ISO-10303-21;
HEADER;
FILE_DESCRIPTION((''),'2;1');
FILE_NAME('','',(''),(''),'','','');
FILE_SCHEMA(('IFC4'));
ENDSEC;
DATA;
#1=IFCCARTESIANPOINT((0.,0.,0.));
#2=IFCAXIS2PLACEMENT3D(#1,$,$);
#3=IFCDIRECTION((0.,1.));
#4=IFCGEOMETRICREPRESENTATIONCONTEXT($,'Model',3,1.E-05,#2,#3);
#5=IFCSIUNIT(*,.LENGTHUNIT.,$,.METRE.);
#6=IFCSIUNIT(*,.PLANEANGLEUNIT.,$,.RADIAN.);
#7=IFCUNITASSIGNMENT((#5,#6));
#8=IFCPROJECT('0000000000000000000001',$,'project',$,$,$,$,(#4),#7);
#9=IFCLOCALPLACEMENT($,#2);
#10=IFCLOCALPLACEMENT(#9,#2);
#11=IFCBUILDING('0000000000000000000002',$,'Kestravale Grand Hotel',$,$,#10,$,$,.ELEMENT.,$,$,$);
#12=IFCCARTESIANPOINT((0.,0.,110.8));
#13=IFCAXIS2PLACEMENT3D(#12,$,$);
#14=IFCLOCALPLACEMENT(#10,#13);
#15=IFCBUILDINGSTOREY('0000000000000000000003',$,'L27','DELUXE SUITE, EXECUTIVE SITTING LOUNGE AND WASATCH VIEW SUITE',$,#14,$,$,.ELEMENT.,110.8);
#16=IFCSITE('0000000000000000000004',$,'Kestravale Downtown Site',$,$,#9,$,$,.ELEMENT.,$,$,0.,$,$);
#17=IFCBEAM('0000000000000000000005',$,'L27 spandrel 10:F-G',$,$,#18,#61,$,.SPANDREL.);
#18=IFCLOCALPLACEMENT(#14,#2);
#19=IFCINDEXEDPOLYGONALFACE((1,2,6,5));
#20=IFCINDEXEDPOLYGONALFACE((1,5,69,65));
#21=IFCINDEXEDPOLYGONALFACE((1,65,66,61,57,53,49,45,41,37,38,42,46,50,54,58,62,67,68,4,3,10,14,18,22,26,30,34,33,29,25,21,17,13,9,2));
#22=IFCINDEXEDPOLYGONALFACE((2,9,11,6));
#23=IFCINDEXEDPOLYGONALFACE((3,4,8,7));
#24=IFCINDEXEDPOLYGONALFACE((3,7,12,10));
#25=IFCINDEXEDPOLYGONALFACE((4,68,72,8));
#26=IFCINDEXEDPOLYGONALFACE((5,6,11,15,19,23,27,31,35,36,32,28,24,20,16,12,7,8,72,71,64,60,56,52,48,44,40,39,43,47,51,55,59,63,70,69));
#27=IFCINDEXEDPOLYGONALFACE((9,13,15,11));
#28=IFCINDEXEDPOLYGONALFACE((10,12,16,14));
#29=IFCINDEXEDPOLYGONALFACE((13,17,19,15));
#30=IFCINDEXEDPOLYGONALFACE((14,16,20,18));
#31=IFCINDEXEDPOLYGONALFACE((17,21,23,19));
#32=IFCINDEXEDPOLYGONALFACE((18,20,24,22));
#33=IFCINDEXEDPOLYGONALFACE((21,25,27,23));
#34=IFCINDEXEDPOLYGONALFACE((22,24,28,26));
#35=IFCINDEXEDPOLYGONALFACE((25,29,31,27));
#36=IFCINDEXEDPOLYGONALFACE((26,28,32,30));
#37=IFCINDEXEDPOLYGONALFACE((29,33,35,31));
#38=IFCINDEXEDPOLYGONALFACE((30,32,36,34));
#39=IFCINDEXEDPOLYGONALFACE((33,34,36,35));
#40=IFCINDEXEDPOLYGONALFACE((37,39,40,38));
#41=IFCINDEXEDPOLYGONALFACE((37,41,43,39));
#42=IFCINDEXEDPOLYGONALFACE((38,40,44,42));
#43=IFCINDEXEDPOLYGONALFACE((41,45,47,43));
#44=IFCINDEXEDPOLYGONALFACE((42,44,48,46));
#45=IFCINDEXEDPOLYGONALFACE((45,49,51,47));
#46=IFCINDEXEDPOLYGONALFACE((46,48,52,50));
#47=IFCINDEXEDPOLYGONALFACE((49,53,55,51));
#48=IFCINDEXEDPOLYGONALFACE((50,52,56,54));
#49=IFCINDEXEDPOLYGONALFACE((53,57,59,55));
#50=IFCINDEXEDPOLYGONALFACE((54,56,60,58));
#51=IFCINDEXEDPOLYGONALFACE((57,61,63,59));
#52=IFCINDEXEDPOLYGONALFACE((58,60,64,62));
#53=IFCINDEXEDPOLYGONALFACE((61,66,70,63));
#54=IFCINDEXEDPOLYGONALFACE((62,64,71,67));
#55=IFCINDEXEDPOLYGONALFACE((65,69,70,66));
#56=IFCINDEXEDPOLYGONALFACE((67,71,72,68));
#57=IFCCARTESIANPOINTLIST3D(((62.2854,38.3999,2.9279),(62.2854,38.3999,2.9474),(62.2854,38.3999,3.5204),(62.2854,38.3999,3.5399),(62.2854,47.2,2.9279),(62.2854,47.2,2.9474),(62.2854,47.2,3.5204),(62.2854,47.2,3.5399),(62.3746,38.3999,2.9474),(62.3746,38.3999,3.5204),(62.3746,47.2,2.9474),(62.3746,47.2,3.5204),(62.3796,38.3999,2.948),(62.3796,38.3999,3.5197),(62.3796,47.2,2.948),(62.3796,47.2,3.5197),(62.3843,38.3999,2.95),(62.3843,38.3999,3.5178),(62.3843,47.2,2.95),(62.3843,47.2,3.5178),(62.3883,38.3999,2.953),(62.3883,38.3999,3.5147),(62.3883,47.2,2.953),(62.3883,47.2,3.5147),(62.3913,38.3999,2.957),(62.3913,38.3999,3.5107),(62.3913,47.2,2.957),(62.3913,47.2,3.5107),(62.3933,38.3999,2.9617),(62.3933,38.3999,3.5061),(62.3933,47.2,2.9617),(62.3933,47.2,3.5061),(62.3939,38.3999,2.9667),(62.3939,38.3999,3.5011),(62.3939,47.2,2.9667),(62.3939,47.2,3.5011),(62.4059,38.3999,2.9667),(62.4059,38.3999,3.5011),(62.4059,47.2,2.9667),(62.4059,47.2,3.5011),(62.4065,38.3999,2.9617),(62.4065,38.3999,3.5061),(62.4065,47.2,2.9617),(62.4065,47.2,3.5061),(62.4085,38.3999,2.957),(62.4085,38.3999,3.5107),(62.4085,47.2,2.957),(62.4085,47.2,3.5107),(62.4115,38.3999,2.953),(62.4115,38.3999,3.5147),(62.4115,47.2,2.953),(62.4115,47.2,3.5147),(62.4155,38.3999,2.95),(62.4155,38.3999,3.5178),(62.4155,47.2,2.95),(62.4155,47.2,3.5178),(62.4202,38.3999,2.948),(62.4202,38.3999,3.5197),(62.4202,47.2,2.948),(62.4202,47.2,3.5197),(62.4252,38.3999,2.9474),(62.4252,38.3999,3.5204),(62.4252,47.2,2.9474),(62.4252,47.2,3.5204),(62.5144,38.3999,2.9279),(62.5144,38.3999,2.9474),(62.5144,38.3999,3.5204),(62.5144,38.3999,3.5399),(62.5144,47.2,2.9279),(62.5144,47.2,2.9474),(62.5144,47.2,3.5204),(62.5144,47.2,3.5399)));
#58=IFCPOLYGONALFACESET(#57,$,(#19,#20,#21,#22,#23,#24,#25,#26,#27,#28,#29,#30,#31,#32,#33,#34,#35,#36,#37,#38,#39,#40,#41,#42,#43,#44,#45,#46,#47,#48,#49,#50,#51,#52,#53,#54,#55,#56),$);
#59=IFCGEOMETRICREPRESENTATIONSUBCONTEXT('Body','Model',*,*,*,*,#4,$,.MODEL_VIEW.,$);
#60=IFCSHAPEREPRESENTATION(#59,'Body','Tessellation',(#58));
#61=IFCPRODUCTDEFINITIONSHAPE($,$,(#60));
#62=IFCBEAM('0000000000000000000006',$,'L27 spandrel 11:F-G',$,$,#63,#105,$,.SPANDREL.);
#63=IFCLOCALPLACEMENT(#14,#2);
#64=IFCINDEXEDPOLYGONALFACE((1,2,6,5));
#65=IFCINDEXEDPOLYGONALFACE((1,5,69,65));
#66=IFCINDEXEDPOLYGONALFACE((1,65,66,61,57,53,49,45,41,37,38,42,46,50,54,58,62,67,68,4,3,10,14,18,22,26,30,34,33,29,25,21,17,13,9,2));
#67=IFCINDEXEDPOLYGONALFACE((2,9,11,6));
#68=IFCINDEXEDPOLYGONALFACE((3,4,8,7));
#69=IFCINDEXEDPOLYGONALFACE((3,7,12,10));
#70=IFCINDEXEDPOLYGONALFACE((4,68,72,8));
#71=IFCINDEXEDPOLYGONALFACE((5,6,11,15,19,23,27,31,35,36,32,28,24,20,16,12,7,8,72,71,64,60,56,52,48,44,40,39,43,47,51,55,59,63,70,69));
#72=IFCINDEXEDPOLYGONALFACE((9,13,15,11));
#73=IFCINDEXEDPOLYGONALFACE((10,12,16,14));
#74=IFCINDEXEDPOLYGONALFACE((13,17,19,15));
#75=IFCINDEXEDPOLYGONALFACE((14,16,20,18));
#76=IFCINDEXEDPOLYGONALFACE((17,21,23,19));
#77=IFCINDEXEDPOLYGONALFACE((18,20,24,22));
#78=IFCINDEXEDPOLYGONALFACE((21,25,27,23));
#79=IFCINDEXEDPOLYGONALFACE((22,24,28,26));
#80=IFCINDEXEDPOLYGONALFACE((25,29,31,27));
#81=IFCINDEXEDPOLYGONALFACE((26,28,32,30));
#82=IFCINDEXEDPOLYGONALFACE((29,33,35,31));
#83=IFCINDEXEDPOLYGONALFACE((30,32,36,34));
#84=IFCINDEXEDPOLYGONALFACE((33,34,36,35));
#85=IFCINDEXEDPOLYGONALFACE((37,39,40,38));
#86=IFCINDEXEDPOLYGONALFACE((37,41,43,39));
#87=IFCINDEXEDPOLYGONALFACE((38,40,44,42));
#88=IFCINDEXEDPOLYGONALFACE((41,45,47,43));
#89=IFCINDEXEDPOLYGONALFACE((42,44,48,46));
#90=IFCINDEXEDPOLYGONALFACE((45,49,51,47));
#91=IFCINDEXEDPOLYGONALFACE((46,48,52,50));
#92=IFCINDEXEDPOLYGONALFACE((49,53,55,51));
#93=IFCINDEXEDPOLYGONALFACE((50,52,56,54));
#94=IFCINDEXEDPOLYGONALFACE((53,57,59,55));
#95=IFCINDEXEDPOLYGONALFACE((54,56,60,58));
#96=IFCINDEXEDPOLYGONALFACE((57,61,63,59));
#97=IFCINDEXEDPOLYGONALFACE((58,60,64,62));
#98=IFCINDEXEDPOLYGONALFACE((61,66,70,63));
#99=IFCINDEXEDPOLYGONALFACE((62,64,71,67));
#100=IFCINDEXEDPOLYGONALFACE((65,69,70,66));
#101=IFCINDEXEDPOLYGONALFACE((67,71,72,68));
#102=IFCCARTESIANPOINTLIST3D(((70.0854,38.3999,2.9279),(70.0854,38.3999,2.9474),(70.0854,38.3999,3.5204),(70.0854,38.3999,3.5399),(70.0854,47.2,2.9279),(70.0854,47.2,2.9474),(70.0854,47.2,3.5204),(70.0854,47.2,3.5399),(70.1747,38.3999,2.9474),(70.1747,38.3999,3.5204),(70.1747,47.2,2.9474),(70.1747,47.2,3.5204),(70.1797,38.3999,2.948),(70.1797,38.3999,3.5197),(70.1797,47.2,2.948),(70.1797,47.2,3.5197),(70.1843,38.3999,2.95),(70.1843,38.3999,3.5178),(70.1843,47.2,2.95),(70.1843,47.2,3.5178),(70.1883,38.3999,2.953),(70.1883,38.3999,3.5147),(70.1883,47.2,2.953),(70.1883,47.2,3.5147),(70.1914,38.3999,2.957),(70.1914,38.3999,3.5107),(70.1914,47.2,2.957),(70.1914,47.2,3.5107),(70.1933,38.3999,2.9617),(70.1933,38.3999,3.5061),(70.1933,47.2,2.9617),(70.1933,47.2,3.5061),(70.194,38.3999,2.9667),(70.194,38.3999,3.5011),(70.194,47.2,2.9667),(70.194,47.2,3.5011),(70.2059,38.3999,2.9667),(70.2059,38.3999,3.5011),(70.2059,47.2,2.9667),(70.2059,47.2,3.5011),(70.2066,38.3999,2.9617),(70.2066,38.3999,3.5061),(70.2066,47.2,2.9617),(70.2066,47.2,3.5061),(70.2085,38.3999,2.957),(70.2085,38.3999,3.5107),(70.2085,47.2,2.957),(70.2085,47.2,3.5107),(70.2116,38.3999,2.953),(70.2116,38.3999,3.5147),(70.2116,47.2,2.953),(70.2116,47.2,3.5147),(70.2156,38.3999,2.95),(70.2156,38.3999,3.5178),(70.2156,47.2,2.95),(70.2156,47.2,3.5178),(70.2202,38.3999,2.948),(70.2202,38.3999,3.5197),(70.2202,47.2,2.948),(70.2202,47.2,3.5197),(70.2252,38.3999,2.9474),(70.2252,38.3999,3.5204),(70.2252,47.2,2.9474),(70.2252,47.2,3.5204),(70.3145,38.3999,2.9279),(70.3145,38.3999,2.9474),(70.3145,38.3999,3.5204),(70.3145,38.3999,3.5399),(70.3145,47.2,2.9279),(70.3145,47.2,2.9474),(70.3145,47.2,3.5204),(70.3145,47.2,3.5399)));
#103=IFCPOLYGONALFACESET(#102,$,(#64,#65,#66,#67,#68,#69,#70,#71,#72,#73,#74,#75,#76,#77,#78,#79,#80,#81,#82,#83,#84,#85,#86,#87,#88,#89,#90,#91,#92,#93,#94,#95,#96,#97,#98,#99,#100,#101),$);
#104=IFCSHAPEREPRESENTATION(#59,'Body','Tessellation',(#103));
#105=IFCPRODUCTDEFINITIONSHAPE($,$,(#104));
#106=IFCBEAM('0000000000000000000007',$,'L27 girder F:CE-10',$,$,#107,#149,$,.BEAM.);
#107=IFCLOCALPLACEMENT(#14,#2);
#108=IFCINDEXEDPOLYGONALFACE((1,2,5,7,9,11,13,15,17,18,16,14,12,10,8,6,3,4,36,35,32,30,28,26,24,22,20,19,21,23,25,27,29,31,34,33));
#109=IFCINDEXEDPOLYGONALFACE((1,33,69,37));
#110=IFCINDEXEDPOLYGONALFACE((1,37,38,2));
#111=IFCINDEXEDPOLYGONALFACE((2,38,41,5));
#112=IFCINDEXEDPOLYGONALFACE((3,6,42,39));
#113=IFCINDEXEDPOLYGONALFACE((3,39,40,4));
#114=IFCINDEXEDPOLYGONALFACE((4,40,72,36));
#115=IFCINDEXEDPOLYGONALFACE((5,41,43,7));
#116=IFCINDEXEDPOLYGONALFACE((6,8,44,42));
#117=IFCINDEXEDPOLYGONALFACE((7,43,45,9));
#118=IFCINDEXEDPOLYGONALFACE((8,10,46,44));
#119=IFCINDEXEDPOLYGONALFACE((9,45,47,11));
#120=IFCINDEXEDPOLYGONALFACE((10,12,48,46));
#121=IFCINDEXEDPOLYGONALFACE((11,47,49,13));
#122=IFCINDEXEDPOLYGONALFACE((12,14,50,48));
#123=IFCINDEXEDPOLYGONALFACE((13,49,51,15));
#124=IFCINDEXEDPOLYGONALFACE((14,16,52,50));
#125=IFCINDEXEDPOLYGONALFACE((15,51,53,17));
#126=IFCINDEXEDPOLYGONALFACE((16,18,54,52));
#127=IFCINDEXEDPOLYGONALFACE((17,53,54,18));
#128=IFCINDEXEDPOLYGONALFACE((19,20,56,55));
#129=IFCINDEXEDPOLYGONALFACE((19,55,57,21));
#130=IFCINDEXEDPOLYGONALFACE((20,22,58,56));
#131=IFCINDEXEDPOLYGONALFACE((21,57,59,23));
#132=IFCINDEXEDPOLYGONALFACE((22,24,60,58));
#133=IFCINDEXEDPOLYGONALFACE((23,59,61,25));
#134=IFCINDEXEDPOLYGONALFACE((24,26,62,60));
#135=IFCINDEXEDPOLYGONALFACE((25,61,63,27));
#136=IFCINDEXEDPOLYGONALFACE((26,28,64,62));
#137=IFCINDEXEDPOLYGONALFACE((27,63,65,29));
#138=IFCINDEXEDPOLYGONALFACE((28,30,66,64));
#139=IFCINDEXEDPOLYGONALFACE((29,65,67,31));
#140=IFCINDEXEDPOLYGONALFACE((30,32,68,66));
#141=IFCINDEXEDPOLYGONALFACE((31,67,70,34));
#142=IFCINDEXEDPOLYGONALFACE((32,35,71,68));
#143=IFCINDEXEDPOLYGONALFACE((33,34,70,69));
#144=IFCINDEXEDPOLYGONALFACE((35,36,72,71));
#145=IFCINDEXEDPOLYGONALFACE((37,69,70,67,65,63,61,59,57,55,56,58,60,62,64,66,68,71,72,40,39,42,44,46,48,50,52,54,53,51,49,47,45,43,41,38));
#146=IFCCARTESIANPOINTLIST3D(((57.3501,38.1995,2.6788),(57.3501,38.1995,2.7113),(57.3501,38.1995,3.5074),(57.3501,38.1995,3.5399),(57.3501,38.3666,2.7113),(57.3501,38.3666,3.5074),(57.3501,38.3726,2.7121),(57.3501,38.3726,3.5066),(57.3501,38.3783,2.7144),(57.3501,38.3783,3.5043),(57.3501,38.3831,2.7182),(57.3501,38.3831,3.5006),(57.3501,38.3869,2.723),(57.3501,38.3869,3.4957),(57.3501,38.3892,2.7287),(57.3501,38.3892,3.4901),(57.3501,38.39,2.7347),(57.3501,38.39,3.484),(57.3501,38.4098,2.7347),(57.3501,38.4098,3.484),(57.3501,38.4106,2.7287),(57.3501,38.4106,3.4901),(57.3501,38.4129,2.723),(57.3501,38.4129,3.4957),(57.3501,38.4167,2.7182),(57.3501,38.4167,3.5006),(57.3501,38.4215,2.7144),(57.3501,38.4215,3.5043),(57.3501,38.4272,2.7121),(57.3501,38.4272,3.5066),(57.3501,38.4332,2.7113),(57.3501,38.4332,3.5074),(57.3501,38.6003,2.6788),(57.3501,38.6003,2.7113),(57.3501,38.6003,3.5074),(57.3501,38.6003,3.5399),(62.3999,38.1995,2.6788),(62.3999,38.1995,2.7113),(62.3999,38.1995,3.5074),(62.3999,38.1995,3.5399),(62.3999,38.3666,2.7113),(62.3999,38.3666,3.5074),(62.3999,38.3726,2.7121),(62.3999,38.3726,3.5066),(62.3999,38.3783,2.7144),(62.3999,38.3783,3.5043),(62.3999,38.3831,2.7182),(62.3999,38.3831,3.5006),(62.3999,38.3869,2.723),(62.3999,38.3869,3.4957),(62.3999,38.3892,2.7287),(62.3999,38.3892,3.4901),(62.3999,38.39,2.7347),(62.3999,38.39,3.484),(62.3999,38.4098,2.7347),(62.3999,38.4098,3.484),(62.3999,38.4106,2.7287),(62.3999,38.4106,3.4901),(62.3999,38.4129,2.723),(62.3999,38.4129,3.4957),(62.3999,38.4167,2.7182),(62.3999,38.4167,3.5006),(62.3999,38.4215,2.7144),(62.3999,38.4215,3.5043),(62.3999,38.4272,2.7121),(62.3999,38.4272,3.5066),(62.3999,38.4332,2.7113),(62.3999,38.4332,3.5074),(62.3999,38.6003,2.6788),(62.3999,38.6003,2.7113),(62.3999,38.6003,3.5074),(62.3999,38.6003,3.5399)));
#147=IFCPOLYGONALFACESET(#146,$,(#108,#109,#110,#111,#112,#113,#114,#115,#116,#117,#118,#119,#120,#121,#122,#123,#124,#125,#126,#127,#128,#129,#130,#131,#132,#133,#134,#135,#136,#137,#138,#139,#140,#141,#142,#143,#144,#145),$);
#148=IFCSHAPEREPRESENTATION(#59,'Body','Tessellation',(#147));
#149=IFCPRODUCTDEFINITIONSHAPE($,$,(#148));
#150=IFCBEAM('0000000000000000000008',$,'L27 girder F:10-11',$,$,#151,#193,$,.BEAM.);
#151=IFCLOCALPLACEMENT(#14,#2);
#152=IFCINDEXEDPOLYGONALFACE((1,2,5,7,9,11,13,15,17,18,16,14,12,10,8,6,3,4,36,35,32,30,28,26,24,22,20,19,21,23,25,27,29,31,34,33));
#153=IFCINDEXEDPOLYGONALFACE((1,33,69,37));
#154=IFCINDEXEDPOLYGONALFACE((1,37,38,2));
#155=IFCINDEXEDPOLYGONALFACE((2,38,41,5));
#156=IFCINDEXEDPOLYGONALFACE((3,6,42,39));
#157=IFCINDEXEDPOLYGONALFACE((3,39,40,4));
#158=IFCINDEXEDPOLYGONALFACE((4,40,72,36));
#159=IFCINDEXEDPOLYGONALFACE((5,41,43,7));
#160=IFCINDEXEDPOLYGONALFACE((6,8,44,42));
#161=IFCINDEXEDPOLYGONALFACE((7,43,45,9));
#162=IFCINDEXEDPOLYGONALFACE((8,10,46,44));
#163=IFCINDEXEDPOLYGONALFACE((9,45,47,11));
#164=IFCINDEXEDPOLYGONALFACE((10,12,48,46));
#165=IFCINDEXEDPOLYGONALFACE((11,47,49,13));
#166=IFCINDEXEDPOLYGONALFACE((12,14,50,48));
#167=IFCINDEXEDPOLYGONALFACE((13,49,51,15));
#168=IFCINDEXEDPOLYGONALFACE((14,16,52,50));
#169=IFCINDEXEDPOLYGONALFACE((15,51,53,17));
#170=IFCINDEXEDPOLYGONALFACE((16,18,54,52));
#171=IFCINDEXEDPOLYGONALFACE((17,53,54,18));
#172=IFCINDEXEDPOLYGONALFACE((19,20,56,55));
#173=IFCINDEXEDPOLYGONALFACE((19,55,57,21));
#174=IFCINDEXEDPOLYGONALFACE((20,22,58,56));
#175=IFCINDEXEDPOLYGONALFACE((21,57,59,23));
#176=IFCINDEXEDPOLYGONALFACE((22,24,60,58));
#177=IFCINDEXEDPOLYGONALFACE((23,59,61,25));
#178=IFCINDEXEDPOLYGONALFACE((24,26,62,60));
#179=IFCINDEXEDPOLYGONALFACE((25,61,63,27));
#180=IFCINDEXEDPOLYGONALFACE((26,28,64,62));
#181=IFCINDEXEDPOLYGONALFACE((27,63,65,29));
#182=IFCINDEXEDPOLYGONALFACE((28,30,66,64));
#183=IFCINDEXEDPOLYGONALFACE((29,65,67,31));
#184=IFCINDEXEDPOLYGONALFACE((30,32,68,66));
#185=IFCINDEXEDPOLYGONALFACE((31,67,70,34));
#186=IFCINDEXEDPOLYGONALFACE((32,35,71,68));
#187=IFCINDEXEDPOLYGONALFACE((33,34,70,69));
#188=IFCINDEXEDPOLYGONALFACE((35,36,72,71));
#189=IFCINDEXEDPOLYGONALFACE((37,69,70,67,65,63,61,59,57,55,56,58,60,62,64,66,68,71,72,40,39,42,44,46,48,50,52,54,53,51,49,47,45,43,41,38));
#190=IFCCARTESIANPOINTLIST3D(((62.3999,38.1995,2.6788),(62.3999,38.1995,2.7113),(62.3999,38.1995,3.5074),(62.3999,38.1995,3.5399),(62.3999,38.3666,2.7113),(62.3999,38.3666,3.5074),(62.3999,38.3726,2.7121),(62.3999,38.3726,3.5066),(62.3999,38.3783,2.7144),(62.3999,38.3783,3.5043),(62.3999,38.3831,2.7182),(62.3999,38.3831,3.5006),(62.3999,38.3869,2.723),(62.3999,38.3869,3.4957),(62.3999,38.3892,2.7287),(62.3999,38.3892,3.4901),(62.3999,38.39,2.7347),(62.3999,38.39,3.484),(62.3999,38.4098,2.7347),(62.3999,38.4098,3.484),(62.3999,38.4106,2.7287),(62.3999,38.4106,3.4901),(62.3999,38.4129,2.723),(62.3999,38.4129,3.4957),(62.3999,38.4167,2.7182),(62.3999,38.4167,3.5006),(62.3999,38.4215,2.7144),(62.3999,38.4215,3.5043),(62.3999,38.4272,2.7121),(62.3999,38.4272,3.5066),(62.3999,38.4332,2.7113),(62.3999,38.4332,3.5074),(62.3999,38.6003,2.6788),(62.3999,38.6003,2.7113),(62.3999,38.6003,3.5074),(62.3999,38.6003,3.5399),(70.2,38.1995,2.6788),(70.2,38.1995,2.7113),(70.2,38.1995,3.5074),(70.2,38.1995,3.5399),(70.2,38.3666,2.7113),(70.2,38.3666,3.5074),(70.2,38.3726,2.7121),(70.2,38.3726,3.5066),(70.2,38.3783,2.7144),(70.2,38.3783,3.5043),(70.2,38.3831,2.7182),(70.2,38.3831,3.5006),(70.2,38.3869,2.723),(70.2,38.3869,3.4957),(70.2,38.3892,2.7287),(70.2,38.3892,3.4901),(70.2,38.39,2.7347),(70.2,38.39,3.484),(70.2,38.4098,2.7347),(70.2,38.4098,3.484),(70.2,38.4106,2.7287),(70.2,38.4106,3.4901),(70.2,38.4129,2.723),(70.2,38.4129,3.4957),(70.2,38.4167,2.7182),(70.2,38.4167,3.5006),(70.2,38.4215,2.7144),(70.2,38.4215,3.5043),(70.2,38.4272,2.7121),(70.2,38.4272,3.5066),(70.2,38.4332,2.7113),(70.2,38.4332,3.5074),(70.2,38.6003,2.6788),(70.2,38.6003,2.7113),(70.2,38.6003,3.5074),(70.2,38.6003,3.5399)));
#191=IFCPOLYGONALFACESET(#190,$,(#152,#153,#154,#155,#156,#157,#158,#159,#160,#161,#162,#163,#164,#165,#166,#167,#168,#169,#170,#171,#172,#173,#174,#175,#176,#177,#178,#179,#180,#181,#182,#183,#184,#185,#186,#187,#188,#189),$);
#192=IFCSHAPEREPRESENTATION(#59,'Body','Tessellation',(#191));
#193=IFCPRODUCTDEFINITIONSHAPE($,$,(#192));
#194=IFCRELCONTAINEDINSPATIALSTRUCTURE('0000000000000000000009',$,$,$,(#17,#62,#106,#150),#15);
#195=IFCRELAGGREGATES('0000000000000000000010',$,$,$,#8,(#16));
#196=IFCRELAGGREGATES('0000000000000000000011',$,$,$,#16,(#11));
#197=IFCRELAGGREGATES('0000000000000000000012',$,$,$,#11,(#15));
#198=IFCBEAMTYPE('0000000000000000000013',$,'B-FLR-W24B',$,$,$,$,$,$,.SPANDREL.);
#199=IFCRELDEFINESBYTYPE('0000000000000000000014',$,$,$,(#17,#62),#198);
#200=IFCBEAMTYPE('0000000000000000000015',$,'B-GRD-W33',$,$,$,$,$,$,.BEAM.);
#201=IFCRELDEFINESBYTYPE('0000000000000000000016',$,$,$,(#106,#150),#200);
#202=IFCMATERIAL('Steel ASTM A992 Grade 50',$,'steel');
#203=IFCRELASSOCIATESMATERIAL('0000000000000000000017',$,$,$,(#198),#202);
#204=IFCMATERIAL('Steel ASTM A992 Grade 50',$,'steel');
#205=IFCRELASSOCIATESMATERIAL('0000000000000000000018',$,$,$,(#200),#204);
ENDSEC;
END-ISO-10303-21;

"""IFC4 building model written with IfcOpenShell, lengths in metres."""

from ifc_helpers import new_model, si_unit, direction, frame, origin, origin_2d, place, context, subcontext, project, spatial, i_section, extrude, material, material_profile, profile_set, type_object, element, save


model = new_model("IFC4")

# Units and contexts
model_context = context("Model", 3, precision=1e-05, world=origin(), true_north=direction((0.0, 1.0)))
body_context = subcontext(model_context, "Body", "Model", "MODEL_VIEW")
ifc_project = project(units=[si_unit("LENGTHUNIT", "METRE"), si_unit("PLANEANGLEUNIT", "RADIAN")], contexts=[model_context])

# Site, building, storey
site_placement = place(None, origin())
site = spatial("IfcSite", under=ifc_project, at=site_placement, Name="Kestravale Downtown Site", CompositionType="ELEMENT", RefElevation=0.0)
building_placement = place(site_placement, origin())
building = spatial("IfcBuilding", under=site, at=building_placement, Name="Kestravale Grand Hotel", CompositionType="ELEMENT")
storey_placement = place(building_placement, frame((0.0, 0.0, 110.8)))
storey = spatial("IfcBuildingStorey", under=building, at=storey_placement, Name="L27", Description="DELUXE SUITE, EXECUTIVE SITTING LOUNGE AND WASATCH VIEW SUITE", CompositionType="ELEMENT", Elevation=110.8)

# Beams
ifc_material_1 = material(Name="Steel ASTM A992 Grade 50", Category="steel")
ifc_material_profile_1 = material_profile(ifc_material_1, i_section(OverallWidth=0.229, OverallDepth=0.6121, WebThickness=0.012, FlangeThickness=0.0195, FilletRadius=0.0193, at=origin_2d()))
ifc_profile_set_1 = profile_set([ifc_material_profile_1], Name="Steel ASTM A992 Grade 50")
beam_type_1 = type_object("IfcBeamType", Name="B-FLR-W24B", PredefinedType="SPANDREL", material=ifc_profile_set_1)
for number, where, z_axis, x_axis, name in (
    (1, (62.3999, 38.3999, 3.2339), (0.0, 1.0, 0.0), (-1.0, 0.0, 0.0), "L27 spandrel 10:F-G"),
    (2, (70.2, 38.3999, 3.2339), (0.0, 1.0, 0.0), (-1.0, 0.0, 0.0), "L27 spandrel 11:F-G"),
):
    element("IfcBeam", number, at=place(storey_placement, frame(where, z_axis=z_axis, x_axis=x_axis)), inside=storey, type_object=beam_type_1, Name=name, PredefinedType="SPANDREL", context=body_context, shape_type="SweptSolid", body=[
        extrude(i_section(OverallWidth=0.229, OverallDepth=0.6121, WebThickness=0.012, FlangeThickness=0.0195, FilletRadius=0.0193, at=origin_2d()), origin(), (0.0, 0.0, 1.0), 8.8),
    ])
ifc_material_2 = material(Name="Steel ASTM A992 Grade 50", Category="steel")
ifc_material_profile_2 = material_profile(ifc_material_2, i_section(OverallWidth=0.4009, OverallDepth=0.8611, WebThickness=0.0198, FlangeThickness=0.0325, FilletRadius=0.0234, at=origin_2d()))
ifc_profile_set_2 = profile_set([ifc_material_profile_2], Name="Steel ASTM A992 Grade 50")
beam_type_2 = type_object("IfcBeamType", Name="B-GRD-W33", PredefinedType="BEAM", material=ifc_profile_set_2)
beam_1_placement = place(storey_placement, frame((57.3501, 38.3999, 3.1094), z_axis=(1.0, 0.0, 0.0), x_axis=(0.0, 1.0, 0.0)))
element("IfcBeam", 3, at=beam_1_placement, inside=storey, type_object=beam_type_2, Name="L27 girder F:CE-10", PredefinedType="BEAM", context=body_context, shape_type="SweptSolid", body=[
    extrude(i_section(OverallWidth=0.4009, OverallDepth=0.8611, WebThickness=0.0198, FlangeThickness=0.0325, FilletRadius=0.0234, at=origin_2d()), origin(), (0.0, 0.0, 1.0), 5.0498),
])
beam_2_placement = place(storey_placement, frame((62.3999, 38.3999, 3.1094), z_axis=(1.0, 0.0, 0.0), x_axis=(0.0, 1.0, 0.0)))
element("IfcBeam", 4, at=beam_2_placement, inside=storey, type_object=beam_type_2, Name="L27 girder F:10-11", PredefinedType="BEAM", context=body_context, shape_type="SweptSolid", body=[
    extrude(i_section(OverallWidth=0.4009, OverallDepth=0.8611, WebThickness=0.0198, FlangeThickness=0.0325, FilletRadius=0.0234, at=origin_2d()), origin(), (0.0, 0.0, 1.0), 7.8),
])

save(model, "model.ifc")
